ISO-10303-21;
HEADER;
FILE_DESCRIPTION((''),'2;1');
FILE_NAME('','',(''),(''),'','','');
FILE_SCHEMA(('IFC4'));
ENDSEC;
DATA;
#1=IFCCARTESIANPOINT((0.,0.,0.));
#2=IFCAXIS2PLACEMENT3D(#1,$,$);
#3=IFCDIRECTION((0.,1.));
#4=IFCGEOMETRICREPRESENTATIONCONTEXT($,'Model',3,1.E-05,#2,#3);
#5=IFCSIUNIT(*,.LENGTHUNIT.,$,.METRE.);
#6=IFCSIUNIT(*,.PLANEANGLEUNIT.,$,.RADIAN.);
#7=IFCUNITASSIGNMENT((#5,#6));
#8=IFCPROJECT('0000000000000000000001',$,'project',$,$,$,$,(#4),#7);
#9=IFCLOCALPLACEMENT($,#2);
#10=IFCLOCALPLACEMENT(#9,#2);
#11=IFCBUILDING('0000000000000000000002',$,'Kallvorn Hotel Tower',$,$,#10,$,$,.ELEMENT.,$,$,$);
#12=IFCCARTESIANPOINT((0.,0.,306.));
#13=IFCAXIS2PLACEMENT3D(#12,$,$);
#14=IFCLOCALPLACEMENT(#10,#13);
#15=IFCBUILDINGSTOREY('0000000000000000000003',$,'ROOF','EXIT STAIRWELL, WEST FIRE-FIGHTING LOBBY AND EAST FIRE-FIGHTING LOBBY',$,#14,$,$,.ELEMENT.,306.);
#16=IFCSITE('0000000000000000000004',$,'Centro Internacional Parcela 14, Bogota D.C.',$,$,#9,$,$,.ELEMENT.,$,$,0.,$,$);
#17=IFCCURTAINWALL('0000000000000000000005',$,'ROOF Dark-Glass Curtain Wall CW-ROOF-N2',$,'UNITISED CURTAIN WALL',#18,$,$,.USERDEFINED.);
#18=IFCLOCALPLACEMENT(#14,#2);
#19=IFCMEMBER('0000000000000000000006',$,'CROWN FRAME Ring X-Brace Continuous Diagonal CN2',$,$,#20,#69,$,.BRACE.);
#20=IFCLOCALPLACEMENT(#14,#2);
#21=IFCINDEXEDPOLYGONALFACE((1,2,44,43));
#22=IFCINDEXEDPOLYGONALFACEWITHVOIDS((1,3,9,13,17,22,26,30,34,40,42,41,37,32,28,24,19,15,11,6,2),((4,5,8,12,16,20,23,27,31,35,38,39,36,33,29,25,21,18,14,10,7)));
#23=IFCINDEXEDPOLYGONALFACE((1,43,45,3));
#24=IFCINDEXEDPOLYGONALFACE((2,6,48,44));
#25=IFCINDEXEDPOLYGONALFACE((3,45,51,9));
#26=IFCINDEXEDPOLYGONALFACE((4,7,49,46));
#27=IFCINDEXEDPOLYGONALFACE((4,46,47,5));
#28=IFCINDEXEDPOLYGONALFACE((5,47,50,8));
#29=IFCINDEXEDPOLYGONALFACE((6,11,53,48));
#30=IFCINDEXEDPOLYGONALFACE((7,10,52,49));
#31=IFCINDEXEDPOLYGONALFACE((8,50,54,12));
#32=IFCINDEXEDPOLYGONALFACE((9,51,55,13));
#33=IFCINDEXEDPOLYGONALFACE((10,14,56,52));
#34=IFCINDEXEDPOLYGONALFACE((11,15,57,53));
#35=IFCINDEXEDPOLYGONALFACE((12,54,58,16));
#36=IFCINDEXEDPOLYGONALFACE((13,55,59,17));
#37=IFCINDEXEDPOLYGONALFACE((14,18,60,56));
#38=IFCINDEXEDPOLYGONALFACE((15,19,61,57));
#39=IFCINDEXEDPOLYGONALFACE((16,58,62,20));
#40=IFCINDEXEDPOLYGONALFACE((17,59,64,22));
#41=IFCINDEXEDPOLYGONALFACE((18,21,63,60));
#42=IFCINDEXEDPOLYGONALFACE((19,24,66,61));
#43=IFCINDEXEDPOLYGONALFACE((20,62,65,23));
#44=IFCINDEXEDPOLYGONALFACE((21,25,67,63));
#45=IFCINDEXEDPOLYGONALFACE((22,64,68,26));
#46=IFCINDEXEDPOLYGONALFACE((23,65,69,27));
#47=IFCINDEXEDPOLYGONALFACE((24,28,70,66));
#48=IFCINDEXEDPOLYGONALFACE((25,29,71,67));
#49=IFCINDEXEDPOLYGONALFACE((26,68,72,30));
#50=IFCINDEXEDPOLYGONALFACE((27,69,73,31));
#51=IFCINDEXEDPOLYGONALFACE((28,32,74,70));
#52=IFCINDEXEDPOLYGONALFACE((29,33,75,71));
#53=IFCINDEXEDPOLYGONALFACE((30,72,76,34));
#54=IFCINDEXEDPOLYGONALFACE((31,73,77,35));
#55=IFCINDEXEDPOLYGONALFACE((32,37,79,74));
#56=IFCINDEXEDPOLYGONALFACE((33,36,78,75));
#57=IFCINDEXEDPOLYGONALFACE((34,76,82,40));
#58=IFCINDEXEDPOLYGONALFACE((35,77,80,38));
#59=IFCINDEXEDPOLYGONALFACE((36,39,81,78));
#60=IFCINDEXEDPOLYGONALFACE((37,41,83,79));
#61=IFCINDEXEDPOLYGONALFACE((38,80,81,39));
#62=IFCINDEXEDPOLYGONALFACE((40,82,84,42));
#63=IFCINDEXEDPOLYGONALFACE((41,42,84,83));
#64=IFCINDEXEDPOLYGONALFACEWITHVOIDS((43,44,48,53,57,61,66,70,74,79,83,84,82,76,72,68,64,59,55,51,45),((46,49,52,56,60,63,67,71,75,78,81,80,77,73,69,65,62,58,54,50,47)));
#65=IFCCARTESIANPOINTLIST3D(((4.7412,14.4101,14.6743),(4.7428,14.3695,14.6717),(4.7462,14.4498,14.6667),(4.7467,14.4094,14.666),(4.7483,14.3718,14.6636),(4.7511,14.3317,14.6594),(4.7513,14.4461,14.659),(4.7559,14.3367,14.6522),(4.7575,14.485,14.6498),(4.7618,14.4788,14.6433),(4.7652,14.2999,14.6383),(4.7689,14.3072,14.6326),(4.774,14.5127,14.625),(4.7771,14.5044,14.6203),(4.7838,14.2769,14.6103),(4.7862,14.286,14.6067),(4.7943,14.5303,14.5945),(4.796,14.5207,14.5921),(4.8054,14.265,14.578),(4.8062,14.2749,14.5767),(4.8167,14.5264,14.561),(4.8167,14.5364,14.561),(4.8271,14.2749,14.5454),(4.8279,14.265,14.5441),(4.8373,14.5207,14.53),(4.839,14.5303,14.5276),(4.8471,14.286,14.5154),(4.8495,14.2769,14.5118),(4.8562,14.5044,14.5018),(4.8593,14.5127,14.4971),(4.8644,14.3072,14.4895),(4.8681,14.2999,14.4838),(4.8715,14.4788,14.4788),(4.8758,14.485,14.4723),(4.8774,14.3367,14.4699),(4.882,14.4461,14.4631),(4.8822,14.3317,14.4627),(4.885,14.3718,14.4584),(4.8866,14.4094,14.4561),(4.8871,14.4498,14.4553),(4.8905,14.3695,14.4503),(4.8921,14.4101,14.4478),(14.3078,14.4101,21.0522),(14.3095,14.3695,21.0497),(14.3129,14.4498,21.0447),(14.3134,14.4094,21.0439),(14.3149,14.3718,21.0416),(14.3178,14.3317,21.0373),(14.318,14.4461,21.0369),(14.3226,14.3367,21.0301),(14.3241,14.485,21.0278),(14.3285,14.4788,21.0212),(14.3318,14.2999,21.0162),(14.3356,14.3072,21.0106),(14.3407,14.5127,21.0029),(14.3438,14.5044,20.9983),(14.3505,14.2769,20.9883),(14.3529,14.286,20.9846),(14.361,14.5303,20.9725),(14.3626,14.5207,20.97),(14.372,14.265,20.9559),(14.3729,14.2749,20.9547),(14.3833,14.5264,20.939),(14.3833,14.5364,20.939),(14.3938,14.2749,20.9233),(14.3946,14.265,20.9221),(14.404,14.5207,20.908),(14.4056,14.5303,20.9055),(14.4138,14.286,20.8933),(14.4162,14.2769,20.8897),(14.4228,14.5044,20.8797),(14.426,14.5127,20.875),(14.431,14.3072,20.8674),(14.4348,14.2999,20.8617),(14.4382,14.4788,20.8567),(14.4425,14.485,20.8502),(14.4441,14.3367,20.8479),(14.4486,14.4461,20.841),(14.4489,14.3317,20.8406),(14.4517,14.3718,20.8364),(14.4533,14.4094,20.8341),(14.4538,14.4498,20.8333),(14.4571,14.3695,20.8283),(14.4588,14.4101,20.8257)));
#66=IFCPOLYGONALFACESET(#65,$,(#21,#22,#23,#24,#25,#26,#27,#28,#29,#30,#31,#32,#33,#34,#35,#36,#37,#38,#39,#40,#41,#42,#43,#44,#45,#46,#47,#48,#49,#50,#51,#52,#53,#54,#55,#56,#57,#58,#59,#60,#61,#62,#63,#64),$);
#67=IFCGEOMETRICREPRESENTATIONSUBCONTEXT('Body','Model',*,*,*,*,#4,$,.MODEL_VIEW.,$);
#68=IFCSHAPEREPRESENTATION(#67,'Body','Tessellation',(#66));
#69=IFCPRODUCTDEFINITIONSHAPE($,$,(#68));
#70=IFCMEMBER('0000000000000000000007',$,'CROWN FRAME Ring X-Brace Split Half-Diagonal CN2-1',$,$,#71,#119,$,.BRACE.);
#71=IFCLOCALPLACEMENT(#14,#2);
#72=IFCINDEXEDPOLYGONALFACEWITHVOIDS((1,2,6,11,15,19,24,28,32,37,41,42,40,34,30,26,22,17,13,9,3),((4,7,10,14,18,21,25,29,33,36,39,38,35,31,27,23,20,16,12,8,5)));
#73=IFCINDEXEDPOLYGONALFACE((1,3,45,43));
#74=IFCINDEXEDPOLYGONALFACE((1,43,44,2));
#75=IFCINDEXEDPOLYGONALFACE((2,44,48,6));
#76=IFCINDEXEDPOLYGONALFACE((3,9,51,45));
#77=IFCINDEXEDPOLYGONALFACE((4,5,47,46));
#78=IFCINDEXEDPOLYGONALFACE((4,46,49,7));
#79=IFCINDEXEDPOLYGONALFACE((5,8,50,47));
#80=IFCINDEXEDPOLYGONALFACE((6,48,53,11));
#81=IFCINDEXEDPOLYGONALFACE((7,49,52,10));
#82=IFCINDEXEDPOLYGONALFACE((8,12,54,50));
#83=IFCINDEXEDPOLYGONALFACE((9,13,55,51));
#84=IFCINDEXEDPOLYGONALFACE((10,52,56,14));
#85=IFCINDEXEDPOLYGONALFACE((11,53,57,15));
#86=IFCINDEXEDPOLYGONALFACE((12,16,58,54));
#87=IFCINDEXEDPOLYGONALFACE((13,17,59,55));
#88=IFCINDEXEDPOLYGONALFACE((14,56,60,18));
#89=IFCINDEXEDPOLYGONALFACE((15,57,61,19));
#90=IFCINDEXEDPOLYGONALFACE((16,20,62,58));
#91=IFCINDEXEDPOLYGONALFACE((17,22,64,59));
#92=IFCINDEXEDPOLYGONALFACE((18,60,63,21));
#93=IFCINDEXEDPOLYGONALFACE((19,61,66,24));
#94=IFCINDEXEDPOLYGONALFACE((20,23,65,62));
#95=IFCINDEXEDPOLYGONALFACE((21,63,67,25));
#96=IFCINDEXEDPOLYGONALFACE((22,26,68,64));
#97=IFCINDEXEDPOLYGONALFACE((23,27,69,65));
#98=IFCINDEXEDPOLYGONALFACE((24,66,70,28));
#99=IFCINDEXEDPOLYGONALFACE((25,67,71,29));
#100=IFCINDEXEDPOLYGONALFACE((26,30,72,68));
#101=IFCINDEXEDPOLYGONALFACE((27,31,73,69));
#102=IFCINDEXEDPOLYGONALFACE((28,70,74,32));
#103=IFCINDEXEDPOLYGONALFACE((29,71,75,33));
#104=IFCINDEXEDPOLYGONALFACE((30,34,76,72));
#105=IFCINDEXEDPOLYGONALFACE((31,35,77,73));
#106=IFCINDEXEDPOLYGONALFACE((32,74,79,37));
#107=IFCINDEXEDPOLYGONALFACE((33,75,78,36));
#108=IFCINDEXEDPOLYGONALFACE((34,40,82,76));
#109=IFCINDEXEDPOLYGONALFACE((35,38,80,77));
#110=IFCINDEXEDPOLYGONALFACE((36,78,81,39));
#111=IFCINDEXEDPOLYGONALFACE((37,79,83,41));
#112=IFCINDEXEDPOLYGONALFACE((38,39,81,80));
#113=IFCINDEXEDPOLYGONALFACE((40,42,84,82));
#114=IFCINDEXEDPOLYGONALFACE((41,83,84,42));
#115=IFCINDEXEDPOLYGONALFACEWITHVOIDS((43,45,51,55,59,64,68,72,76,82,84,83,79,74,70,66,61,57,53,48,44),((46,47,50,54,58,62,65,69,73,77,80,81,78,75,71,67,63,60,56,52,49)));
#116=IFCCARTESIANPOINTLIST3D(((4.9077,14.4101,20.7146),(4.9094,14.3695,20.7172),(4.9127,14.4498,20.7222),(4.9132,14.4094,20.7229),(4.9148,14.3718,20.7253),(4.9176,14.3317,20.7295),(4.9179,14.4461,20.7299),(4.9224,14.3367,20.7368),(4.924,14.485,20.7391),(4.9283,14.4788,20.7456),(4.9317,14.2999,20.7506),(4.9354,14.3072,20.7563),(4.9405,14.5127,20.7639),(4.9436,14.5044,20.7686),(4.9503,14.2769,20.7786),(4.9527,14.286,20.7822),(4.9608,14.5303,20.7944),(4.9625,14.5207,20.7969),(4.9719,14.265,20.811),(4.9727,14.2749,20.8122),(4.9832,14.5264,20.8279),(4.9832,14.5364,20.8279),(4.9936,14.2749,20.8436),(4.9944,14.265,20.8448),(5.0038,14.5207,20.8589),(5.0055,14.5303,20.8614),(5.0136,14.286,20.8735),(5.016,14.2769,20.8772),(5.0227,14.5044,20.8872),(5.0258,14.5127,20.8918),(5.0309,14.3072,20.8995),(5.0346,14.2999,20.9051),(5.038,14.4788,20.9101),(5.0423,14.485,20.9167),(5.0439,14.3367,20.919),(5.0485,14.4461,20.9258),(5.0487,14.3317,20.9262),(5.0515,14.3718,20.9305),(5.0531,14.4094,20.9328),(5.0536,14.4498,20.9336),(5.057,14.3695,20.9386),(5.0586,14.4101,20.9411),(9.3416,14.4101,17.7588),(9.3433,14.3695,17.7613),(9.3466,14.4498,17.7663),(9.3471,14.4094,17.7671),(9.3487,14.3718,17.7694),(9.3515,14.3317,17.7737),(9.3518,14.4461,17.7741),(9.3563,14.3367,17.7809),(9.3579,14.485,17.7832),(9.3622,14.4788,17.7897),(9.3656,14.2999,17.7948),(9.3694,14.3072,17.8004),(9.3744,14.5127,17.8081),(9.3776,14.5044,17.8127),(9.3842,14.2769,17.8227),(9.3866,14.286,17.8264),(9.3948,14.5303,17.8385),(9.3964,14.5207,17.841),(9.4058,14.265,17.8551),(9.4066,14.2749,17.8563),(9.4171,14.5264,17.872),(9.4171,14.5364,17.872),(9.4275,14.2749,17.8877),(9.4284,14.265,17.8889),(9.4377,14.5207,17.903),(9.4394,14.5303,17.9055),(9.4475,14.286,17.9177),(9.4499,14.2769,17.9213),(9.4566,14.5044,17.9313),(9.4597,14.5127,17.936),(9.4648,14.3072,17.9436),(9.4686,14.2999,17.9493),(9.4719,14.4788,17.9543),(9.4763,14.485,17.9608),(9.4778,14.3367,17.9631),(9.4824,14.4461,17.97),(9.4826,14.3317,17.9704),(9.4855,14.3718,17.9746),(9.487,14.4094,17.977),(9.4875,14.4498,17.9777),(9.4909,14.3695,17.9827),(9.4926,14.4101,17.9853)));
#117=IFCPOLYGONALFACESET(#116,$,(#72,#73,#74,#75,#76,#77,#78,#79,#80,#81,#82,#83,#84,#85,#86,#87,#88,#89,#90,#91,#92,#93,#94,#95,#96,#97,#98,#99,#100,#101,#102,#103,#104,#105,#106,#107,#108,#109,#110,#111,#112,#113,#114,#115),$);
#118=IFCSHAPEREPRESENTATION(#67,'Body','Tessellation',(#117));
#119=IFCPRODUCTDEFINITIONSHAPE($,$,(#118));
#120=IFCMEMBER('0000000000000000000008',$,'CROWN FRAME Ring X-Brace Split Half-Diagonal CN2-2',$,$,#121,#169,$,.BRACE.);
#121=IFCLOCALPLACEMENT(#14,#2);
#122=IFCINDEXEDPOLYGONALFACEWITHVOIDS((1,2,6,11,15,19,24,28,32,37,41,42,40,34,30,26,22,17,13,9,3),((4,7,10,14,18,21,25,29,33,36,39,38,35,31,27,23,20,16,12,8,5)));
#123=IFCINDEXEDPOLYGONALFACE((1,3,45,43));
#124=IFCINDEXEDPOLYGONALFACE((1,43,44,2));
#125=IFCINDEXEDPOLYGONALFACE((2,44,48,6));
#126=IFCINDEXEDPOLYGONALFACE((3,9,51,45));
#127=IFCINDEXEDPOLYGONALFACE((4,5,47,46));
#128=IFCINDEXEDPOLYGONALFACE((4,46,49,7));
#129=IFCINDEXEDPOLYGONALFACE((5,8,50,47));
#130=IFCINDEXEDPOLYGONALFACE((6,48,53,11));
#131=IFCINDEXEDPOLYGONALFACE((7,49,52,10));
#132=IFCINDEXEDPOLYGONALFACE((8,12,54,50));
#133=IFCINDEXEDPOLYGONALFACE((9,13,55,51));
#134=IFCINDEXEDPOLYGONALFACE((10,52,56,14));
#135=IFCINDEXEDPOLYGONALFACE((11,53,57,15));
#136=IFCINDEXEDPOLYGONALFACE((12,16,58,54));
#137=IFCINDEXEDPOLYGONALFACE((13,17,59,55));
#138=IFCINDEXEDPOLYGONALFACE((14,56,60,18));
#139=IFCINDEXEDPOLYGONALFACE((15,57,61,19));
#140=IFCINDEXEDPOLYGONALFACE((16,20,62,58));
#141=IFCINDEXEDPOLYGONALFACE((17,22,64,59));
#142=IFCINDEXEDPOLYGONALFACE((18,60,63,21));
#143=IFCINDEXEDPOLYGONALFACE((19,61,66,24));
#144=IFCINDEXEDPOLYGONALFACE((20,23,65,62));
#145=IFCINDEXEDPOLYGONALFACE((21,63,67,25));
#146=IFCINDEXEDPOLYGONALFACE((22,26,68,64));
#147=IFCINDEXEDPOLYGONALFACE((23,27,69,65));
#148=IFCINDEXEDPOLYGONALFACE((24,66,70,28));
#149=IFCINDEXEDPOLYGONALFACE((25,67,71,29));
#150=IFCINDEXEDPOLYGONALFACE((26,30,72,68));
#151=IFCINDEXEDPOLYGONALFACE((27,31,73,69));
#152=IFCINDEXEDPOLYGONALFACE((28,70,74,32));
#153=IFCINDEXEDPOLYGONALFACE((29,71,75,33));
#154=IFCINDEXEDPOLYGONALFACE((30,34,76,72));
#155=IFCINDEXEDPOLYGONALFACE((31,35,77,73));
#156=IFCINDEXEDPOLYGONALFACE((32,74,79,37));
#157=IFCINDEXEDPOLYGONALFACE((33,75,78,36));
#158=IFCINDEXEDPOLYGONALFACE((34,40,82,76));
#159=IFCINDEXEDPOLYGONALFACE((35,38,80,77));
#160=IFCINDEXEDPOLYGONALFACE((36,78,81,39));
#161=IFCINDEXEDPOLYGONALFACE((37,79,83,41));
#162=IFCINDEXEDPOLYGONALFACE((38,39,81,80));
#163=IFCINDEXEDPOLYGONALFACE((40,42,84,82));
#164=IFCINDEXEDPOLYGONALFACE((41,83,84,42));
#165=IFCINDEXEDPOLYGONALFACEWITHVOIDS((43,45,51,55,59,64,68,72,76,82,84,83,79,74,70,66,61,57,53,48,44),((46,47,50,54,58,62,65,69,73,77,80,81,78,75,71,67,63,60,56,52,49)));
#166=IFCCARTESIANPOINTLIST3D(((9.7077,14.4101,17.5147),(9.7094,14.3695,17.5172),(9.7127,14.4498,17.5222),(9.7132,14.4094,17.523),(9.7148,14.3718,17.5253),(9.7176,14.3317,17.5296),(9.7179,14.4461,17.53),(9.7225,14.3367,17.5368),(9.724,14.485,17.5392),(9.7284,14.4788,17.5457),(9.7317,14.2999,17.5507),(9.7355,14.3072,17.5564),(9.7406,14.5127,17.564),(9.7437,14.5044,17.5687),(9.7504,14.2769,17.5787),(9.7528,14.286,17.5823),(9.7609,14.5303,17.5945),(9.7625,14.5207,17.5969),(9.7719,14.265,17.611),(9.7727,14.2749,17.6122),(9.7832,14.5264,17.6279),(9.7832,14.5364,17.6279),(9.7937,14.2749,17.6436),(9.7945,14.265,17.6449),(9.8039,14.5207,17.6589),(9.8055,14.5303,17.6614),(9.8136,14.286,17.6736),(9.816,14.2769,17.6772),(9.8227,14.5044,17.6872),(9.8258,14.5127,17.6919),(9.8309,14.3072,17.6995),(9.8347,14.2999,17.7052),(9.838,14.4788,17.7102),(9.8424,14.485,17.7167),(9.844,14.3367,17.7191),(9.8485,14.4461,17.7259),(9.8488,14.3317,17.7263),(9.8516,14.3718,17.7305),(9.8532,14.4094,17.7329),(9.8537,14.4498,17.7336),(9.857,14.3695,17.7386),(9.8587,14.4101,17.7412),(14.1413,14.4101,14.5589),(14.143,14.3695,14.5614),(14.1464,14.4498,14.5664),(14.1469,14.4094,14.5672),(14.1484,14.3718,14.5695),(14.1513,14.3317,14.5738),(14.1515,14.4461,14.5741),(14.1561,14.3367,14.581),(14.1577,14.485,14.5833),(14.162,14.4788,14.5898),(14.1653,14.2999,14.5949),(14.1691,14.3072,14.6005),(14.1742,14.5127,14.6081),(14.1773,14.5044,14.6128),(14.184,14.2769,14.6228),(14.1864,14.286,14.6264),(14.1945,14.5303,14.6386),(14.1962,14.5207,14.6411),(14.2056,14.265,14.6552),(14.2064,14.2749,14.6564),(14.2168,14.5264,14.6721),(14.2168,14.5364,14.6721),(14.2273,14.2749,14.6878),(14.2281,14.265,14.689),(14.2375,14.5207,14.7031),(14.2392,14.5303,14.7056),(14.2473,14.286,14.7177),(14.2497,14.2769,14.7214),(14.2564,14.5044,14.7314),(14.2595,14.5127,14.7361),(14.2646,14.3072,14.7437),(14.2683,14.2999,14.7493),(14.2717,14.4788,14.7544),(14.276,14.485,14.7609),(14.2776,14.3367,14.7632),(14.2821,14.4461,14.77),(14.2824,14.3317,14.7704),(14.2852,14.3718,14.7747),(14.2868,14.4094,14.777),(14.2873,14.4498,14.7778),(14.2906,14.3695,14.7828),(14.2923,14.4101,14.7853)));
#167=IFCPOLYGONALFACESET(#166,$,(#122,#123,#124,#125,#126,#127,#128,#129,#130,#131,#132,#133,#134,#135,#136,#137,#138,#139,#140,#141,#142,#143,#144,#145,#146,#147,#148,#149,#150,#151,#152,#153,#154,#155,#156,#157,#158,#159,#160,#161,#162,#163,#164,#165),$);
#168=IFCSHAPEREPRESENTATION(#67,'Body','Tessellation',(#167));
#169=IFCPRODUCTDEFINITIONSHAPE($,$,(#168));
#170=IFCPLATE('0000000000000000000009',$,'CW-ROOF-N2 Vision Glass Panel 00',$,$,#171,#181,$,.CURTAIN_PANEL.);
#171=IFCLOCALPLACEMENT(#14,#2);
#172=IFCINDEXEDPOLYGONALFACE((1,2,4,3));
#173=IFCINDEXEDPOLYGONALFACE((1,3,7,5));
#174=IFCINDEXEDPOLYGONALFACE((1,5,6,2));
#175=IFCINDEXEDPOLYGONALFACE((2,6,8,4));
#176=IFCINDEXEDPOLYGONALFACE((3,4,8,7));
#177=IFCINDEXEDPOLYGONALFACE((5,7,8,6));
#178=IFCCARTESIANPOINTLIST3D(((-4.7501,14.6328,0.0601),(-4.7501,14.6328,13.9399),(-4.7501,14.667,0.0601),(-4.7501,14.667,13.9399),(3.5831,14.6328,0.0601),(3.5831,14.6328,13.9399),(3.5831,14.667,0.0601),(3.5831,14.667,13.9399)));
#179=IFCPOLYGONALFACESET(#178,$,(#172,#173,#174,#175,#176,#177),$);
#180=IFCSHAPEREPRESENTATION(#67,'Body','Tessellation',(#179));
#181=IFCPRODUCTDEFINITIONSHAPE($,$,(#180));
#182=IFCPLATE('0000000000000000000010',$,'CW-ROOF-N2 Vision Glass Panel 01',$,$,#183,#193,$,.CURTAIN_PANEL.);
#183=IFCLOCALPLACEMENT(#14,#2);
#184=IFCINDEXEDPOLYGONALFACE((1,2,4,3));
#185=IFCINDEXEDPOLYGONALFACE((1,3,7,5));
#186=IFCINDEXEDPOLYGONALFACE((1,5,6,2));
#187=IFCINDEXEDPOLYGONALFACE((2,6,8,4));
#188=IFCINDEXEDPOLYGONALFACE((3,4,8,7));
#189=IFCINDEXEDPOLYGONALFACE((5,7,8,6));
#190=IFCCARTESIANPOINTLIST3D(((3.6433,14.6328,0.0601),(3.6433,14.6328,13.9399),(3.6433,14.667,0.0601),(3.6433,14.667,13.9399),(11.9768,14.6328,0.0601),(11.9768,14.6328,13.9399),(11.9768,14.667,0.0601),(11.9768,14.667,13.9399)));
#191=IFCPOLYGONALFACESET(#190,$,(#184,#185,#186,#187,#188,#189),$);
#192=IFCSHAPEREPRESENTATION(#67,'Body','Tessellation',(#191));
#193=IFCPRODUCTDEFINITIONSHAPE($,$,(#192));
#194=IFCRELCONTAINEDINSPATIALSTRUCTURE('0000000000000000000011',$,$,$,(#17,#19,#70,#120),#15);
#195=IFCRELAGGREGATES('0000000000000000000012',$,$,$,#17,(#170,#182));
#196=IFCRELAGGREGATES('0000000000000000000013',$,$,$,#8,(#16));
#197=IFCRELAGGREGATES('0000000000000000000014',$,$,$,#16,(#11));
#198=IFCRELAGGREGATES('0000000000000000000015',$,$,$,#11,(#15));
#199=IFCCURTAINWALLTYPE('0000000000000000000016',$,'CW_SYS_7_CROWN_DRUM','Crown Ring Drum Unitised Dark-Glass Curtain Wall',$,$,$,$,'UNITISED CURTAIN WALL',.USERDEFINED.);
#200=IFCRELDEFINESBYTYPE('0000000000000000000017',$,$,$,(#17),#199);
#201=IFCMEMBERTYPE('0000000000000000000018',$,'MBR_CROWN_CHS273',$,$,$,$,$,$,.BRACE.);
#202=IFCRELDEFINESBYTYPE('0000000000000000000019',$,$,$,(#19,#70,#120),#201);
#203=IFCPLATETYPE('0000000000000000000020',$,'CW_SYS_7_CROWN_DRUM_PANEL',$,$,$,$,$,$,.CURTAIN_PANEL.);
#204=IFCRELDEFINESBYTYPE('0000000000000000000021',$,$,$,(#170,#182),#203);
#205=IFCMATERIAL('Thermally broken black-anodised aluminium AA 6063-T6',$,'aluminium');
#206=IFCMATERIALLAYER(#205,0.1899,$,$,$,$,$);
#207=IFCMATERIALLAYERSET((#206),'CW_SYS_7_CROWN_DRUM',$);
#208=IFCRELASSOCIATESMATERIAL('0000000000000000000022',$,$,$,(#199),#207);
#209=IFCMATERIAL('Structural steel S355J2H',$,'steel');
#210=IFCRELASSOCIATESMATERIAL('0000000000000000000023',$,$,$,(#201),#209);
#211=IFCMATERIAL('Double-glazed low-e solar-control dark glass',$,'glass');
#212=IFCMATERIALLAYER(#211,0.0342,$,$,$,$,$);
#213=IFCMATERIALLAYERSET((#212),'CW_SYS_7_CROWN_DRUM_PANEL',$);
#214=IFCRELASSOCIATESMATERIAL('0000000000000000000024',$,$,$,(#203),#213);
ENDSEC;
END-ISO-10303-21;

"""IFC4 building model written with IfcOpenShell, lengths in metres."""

from ifc_helpers import new_model, si_unit, direction, frame, origin, origin_2d, place, context, subcontext, project, spatial, rectangle, hollow_circle, extrude, material, layer, layer_set, material_profile, profile_set, type_object, element, aggregate, save


model = new_model("IFC4")

# Units and contexts
model_context = context("Model", 3, precision=1e-05, world=origin(), true_north=direction((0.0, 1.0)))
body_context = subcontext(model_context, "Body", "Model", "MODEL_VIEW")
ifc_project = project(units=[si_unit("LENGTHUNIT", "METRE"), si_unit("PLANEANGLEUNIT", "RADIAN")], contexts=[model_context])

# Site, building, storey
site_placement = place(None, origin())
site = spatial("IfcSite", under=ifc_project, at=site_placement, Name="Centro Internacional Parcela 14, Bogota D.C.", CompositionType="ELEMENT", RefElevation=0.0)
building_placement = place(site_placement, origin())
building = spatial("IfcBuilding", under=site, at=building_placement, Name="Kallvorn Hotel Tower", CompositionType="ELEMENT")
storey_placement = place(building_placement, frame((0.0, 0.0, 306.0)))
storey = spatial("IfcBuildingStorey", under=building, at=storey_placement, Name="ROOF", Description="EXIT STAIRWELL, WEST FIRE-FIGHTING LOBBY AND EAST FIRE-FIGHTING LOBBY", CompositionType="ELEMENT", Elevation=306.0)

# Curtain wall
ifc_material_1 = material(Name="Thermally broken black-anodised aluminium AA 6063-T6", Category="aluminium")
ifc_layer_1 = layer(ifc_material_1, 0.1899)
ifc_layer_set_1 = layer_set([ifc_layer_1], Name="CW_SYS_7_CROWN_DRUM")
curtain_wall_type = type_object("IfcCurtainWallType", Name="CW_SYS_7_CROWN_DRUM", Description="Crown Ring Drum Unitised Dark-Glass Curtain Wall", ElementType="UNITISED CURTAIN WALL", PredefinedType="USERDEFINED", material=ifc_layer_set_1)
curtain_wall_placement = place(storey_placement, origin())
curtain_wall = element("IfcCurtainWall", 1, at=curtain_wall_placement, inside=storey, type_object=curtain_wall_type, Name="ROOF Dark-Glass Curtain Wall CW-ROOF-N2", ObjectType="UNITISED CURTAIN WALL", PredefinedType="USERDEFINED")

# Members
ifc_material_2 = material(Name="Structural steel S355J2H", Category="steel")
ifc_material_profile_1 = material_profile(ifc_material_2, hollow_circle(Radius=0.1365, WallThickness=0.01, at=origin_2d()), Name="CHS 273x10")
ifc_profile_set_1 = profile_set([ifc_material_profile_1], Name="Structural steel S355J2H")
member_type_1 = type_object("IfcMemberType", Name="MBR_CROWN_CHS273", PredefinedType="BRACE", material=ifc_profile_set_1)
member_1_placement = place(storey_placement, frame((4.8167, 14.3999, 14.561), z_axis=(0.832044, 0.0, 0.55471), x_axis=(0.0, 1.0, 0.0)))
element("IfcMember", 2, at=member_1_placement, inside=storey, type_object=member_type_1, Name="CROWN FRAME Ring X-Brace Continuous Diagonal CN2", PredefinedType="BRACE", context=body_context, shape_type="SweptSolid", body=[
    extrude(hollow_circle(Radius=0.1365, WallThickness=0.01, at=origin_2d()), origin(), (0.0, 0.0, 1.0), 11.4978),
])
member_2_placement = place(storey_placement, frame((4.9832, 14.3999, 20.8279), z_axis=(0.832057, 0.0, -0.55469), x_axis=(0.0, 1.0, 0.0)))
element("IfcMember", 3, at=member_2_placement, inside=storey, type_object=member_type_1, Name="CROWN FRAME Ring X-Brace Split Half-Diagonal CN2-1", PredefinedType="BRACE", context=body_context, shape_type="SweptSolid", body=[
    extrude(hollow_circle(Radius=0.1365, WallThickness=0.01, at=origin_2d()), origin(), (0.0, 0.0, 1.0), 5.3289),
])
member_3_placement = place(storey_placement, frame((9.7832, 14.3999, 17.6279), z_axis=(0.832043, 0.0, -0.554711), x_axis=(0.0, 1.0, 0.0)))
element("IfcMember", 4, at=member_3_placement, inside=storey, type_object=member_type_1, Name="CROWN FRAME Ring X-Brace Split Half-Diagonal CN2-2", PredefinedType="BRACE", context=body_context, shape_type="SweptSolid", body=[
    extrude(hollow_circle(Radius=0.1365, WallThickness=0.01, at=origin_2d()), origin(), (0.0, 0.0, 1.0), 5.3286),
])

# Plates
ifc_material_3 = material(Name="Double-glazed low-e solar-control dark glass", Category="glass")
ifc_layer_2 = layer(ifc_material_3, 0.0342)
ifc_layer_set_2 = layer_set([ifc_layer_2], Name="CW_SYS_7_CROWN_DRUM_PANEL")
plate_type_1 = type_object("IfcPlateType", Name="CW_SYS_7_CROWN_DRUM_PANEL", PredefinedType="CURTAIN_PANEL", material=ifc_layer_set_2)
plate_1_placement = place(storey_placement, frame((-0.5835, 14.6499, 0.0601), z_axis=(0.0, 0.0, 1.0), x_axis=(1.0, 0.0, 0.0)))
plate_1 = element("IfcPlate", 5, at=plate_1_placement, type_object=plate_type_1, Name="CW-ROOF-N2 Vision Glass Panel 00", PredefinedType="CURTAIN_PANEL", context=body_context, shape_type="SweptSolid", body=[
    extrude(rectangle(XDim=8.3333, YDim=0.0342, at=origin_2d()), origin(), (0.0, 0.0, 1.0), 13.8799),
])
plate_2_placement = place(storey_placement, frame((7.8101, 14.6499, 0.0601), z_axis=(0.0, 0.0, 1.0), x_axis=(1.0, 0.0, 0.0)))
plate_2 = element("IfcPlate", 6, at=plate_2_placement, type_object=plate_type_1, Name="CW-ROOF-N2 Vision Glass Panel 01", PredefinedType="CURTAIN_PANEL", context=body_context, shape_type="SweptSolid", body=[
    extrude(rectangle(XDim=8.3335, YDim=0.0342, at=origin_2d()), origin(), (0.0, 0.0, 1.0), 13.8799),
])
aggregate(curtain_wall, [plate_1, plate_2])

save(model, "model.ifc")
